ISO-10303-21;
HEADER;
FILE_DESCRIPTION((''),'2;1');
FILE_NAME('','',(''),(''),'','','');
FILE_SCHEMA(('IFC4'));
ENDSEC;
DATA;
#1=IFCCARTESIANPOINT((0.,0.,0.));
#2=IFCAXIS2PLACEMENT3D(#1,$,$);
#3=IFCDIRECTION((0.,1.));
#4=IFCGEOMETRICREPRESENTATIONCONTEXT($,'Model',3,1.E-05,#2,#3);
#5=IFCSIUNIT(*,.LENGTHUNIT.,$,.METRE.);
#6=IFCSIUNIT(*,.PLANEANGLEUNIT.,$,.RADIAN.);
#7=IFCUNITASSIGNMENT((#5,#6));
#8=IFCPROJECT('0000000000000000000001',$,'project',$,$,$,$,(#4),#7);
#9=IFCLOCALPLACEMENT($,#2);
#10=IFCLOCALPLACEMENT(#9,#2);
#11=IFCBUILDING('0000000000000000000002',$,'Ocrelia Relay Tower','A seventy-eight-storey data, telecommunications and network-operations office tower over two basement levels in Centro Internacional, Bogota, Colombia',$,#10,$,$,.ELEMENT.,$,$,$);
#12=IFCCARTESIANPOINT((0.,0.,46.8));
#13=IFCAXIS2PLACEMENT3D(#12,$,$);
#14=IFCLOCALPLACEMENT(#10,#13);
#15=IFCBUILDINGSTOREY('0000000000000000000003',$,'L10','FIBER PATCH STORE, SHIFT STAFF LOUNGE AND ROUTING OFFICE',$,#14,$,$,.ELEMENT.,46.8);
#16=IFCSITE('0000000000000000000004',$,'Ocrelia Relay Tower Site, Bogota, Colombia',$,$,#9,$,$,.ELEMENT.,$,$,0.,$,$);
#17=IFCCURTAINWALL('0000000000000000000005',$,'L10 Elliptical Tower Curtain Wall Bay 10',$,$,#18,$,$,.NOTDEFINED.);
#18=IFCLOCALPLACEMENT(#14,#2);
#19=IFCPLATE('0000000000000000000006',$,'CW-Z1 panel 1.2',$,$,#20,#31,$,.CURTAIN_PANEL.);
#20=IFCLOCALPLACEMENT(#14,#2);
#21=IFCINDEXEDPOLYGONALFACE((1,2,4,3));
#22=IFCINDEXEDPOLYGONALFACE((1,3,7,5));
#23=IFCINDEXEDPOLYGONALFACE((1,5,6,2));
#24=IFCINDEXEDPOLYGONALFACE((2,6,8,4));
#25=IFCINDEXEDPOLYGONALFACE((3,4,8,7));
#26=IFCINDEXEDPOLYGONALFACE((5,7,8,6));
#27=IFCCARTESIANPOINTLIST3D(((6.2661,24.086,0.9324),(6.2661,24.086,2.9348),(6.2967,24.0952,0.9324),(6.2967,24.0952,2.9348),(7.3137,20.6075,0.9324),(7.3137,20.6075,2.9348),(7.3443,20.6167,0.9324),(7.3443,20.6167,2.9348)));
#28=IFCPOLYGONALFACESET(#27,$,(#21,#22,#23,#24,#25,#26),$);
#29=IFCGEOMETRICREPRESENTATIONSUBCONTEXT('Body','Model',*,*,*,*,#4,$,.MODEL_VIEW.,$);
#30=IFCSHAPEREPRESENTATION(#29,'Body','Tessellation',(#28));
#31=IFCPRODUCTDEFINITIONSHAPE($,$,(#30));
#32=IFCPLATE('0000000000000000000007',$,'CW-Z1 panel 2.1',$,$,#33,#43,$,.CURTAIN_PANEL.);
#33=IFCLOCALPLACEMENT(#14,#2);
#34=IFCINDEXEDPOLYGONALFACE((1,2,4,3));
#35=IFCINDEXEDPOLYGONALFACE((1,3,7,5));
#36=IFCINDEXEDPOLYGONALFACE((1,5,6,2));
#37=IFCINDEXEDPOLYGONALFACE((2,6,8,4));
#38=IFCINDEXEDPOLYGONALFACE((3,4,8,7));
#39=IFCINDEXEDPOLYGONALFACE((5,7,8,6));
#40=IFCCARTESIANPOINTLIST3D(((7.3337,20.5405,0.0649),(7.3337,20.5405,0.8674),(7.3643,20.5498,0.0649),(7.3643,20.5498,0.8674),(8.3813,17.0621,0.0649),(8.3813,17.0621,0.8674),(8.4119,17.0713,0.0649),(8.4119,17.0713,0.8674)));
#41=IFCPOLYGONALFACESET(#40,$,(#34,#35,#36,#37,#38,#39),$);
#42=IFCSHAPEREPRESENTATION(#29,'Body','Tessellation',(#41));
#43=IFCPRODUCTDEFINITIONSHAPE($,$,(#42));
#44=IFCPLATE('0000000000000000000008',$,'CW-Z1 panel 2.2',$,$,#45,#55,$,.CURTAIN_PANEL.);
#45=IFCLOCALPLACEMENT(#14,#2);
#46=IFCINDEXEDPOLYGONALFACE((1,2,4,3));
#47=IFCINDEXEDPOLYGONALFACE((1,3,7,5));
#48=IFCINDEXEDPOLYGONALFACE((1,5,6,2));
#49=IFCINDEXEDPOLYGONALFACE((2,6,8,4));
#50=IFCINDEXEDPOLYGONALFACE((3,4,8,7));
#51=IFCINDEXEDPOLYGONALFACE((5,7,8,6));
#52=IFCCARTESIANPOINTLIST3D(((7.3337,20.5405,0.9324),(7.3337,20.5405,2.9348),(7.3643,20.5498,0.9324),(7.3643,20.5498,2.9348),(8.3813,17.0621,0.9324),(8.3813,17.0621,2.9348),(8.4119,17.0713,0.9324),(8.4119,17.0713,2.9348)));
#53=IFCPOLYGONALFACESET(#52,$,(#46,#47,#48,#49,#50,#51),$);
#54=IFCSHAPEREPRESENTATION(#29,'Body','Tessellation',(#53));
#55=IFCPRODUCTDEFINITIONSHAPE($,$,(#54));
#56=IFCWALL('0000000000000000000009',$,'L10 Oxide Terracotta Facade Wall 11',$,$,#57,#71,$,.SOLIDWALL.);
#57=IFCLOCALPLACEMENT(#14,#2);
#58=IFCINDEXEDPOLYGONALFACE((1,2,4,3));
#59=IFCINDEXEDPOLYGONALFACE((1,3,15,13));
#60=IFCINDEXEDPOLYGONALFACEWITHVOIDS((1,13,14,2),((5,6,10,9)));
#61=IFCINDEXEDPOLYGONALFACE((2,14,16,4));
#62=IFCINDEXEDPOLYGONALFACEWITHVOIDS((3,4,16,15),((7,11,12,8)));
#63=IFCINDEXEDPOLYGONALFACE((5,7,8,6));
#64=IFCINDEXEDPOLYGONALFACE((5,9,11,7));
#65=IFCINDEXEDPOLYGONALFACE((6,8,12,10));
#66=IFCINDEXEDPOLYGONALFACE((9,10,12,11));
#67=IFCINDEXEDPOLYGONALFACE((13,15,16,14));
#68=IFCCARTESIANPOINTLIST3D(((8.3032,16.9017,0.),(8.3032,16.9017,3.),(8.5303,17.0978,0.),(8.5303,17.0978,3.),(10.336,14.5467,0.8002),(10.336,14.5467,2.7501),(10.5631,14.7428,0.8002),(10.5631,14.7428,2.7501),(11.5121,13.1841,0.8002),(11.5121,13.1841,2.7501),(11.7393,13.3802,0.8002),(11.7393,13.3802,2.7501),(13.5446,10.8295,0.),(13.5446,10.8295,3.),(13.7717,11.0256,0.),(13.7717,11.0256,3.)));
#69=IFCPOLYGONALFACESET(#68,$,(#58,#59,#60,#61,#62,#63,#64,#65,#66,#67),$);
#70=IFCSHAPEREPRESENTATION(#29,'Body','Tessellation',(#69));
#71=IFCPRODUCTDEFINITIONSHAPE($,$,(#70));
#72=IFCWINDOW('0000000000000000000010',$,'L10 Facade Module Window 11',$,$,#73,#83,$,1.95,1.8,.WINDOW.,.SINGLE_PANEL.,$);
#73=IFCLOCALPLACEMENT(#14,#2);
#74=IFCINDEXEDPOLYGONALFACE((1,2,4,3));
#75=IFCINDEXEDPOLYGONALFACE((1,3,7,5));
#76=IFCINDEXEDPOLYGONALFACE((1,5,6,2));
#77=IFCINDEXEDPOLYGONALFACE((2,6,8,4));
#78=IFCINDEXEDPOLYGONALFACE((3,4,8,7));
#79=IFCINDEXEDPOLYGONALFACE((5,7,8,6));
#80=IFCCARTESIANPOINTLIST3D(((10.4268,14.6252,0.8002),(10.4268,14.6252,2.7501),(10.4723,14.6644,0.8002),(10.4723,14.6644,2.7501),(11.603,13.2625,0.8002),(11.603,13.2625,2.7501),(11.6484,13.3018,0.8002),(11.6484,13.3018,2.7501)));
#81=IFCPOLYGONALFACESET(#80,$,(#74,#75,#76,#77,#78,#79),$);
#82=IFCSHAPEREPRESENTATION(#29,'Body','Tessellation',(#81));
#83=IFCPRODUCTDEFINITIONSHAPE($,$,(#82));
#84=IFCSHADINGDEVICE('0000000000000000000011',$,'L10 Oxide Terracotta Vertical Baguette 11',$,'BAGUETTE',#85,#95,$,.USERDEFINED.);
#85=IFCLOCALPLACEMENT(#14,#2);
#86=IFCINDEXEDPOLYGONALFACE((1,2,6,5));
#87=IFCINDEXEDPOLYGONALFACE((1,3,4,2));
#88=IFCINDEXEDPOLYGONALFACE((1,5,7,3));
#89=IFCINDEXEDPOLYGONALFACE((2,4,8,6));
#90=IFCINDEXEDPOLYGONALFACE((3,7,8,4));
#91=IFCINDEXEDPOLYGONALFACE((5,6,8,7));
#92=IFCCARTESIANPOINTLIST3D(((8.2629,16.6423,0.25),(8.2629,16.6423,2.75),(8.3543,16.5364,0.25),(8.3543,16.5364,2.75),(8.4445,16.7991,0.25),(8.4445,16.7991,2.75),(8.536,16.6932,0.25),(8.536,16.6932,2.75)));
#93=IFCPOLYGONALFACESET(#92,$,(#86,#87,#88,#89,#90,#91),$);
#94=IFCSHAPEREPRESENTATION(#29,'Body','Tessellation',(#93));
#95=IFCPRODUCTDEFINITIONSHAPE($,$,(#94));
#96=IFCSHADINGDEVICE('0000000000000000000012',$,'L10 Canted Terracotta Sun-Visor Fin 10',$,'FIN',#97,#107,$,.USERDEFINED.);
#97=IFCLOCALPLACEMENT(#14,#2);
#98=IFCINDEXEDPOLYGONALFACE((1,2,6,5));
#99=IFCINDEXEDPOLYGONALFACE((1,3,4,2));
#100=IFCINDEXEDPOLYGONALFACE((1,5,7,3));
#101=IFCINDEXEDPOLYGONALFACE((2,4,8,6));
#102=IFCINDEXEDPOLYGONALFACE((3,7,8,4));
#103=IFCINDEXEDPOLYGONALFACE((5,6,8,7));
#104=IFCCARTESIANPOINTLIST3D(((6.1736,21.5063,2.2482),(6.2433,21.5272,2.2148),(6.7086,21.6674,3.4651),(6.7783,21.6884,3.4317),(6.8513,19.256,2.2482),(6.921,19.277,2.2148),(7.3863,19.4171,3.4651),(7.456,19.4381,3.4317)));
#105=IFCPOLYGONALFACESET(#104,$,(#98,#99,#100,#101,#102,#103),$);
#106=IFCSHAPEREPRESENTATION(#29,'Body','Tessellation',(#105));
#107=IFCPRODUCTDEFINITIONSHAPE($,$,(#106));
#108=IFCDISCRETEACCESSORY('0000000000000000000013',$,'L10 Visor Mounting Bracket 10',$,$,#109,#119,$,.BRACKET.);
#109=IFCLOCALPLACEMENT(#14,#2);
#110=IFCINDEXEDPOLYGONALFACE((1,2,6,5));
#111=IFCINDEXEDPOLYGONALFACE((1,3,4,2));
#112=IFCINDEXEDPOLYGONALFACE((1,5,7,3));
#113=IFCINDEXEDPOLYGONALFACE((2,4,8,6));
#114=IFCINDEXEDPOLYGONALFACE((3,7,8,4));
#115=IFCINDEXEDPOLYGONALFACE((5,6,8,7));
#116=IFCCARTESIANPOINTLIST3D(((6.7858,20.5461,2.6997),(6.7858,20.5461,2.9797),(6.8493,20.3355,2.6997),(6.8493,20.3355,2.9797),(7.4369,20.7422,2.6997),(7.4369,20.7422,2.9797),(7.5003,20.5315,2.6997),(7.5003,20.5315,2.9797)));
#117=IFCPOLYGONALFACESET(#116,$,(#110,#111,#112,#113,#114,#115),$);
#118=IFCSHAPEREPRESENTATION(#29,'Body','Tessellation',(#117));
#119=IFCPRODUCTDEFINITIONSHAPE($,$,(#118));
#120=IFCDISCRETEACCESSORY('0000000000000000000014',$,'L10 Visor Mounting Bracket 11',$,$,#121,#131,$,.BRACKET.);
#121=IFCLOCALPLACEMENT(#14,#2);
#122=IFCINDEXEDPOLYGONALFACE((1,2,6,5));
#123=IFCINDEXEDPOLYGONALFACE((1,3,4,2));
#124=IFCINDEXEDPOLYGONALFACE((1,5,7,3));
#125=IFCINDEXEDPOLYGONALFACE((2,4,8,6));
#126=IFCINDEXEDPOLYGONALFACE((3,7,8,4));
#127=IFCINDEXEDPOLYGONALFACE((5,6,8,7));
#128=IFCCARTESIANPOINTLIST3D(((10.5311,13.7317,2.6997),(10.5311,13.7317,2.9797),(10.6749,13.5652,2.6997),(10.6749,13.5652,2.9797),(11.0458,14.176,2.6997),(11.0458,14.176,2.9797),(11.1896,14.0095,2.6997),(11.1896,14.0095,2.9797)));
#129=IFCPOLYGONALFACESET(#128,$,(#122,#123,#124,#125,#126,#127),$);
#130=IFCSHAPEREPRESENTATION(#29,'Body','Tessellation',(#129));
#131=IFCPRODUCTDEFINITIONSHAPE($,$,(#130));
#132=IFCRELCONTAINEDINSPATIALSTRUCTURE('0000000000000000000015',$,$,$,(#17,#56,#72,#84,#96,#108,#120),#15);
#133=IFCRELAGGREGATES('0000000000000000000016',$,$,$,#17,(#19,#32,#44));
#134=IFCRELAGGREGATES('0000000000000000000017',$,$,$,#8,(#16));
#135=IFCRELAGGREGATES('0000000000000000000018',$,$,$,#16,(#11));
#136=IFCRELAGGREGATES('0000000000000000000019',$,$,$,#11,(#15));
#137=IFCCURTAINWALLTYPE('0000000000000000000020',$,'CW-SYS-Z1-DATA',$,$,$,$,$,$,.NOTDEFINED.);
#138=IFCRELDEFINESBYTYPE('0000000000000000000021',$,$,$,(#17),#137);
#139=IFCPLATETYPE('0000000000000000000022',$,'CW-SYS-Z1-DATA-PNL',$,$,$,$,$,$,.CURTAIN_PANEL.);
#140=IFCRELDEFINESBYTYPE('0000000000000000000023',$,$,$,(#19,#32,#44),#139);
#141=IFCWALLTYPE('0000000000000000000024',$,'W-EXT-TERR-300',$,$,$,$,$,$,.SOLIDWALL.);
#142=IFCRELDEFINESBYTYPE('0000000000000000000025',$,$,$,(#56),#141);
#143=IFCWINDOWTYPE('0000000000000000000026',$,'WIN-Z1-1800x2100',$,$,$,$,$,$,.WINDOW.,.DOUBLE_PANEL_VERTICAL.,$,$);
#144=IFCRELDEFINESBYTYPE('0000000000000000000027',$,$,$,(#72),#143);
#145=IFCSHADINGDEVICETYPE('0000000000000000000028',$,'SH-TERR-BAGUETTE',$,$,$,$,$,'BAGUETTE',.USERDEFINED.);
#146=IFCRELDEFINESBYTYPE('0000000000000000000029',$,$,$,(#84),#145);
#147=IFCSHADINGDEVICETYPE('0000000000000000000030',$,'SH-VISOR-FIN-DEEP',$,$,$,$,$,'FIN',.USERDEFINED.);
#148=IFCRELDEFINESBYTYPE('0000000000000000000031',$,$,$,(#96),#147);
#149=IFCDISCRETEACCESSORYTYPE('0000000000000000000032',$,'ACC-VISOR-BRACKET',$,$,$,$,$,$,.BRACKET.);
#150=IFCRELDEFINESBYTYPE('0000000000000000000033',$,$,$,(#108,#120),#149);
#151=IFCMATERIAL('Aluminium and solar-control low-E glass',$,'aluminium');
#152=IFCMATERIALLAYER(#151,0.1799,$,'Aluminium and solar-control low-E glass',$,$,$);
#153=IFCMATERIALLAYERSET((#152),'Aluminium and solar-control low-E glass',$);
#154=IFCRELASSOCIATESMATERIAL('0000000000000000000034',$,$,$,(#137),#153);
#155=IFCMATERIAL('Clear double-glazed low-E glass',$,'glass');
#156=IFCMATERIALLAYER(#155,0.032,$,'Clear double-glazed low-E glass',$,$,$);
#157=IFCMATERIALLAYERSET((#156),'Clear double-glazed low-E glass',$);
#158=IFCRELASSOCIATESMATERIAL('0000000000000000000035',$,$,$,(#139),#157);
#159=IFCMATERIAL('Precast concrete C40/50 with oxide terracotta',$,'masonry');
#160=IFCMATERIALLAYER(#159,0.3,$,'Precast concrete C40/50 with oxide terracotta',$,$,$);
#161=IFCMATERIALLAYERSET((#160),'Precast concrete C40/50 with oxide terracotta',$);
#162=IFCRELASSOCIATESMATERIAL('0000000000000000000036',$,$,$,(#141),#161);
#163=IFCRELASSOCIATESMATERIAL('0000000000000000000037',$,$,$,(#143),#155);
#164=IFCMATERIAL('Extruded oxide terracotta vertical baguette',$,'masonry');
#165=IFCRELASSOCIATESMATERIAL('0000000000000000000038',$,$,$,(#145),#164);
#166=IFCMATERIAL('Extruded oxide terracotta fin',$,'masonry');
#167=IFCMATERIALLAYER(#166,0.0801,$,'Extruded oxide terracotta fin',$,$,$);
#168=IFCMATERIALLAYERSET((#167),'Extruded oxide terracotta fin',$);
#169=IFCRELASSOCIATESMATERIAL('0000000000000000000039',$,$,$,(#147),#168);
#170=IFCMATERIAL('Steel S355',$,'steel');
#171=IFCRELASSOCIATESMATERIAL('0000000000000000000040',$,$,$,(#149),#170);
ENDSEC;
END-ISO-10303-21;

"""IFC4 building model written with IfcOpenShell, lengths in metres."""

from ifc_helpers import new_model, si_unit, direction, frame, frame_2d, origin, origin_2d, place, context, subcontext, project, spatial, rectangle, extrude, material, layer, layer_set, type_object, element, fill, aggregate, save


model = new_model("IFC4")

# Units and contexts
model_context = context("Model", 3, precision=1e-05, world=origin(), true_north=direction((0.0, 1.0)))
body_context = subcontext(model_context, "Body", "Model", "MODEL_VIEW")
ifc_project = project(units=[si_unit("LENGTHUNIT", "METRE"), si_unit("PLANEANGLEUNIT", "RADIAN")], contexts=[model_context])

# Site, building, storey
site_placement = place(None, origin())
site = spatial("IfcSite", under=ifc_project, at=site_placement, Name="Ocrelia Relay Tower Site, Bogota, Colombia", CompositionType="ELEMENT", RefElevation=0.0)
building_placement = place(site_placement, origin())
building = spatial("IfcBuilding", under=site, at=building_placement, Name="Ocrelia Relay Tower", Description="A seventy-eight-storey data, telecommunications and network-operations office tower over two basement levels in Centro Internacional, Bogota, Colombia", CompositionType="ELEMENT")
storey_placement = place(building_placement, frame((0.0, 0.0, 46.8)))
storey = spatial("IfcBuildingStorey", under=building, at=storey_placement, Name="L10", Description="FIBER PATCH STORE, SHIFT STAFF LOUNGE AND ROUTING OFFICE", CompositionType="ELEMENT", Elevation=46.8)

# Shared definitions
ifc_material_1 = material(Name="Aluminium and solar-control low-E glass", Category="aluminium")
ifc_layer_1 = layer(ifc_material_1, 0.1799, Name="Aluminium and solar-control low-E glass")
ifc_layer_set_1 = layer_set([ifc_layer_1], Name="Aluminium and solar-control low-E glass")
curtain_wall_type = type_object("IfcCurtainWallType", Name="CW-SYS-Z1-DATA", PredefinedType="NOTDEFINED", material=ifc_layer_set_1)

# Curtain wall, plates
curtain_wall_1_placement = place(storey_placement, origin())
curtain_wall_1 = element("IfcCurtainWall", 1, at=curtain_wall_1_placement, inside=storey, type_object=curtain_wall_type, Name="L10 Elliptical Tower Curtain Wall Bay 10", PredefinedType="NOTDEFINED")
ifc_material_2 = material(Name="Clear double-glazed low-E glass", Category="glass")
ifc_layer_2 = layer(ifc_material_2, 0.032, Name="Clear double-glazed low-E glass")
ifc_layer_set_2 = layer_set([ifc_layer_2], Name="Clear double-glazed low-E glass")
plate_type = type_object("IfcPlateType", Name="CW-SYS-Z1-DATA-PNL", PredefinedType="CURTAIN_PANEL", material=ifc_layer_set_2)
plate_1_placement = place(storey_placement, frame((6.8052, 22.3513, 0.9324), z_axis=(0.0, 0.0, 1.0), x_axis=(0.28837, -0.957519, 0.0)))
plate_1 = element("IfcPlate", 2, at=plate_1_placement, type_object=plate_type, Name="CW-Z1 panel 1.2", PredefinedType="CURTAIN_PANEL", context=body_context, shape_type="SweptSolid", body=[
    extrude(rectangle(XDim=3.6328, YDim=0.032, at=origin_2d()), origin(), (0.0, 0.0, 1.0), 2.0024),
])
plate_2_placement = place(storey_placement, frame((7.8728, 18.8059, 0.0649), z_axis=(0.0, 0.0, 1.0), x_axis=(0.28837, -0.957519, 0.0)))
plate_2 = element("IfcPlate", 3, at=plate_2_placement, type_object=plate_type, Name="CW-Z1 panel 2.1", PredefinedType="CURTAIN_PANEL", context=body_context, shape_type="SweptSolid", body=[
    extrude(rectangle(XDim=3.6328, YDim=0.032, at=origin_2d()), origin(), (0.0, 0.0, 1.0), 0.8025),
])
plate_3_placement = place(storey_placement, frame((7.8728, 18.8059, 0.9324), z_axis=(0.0, 0.0, 1.0), x_axis=(0.28837, -0.957519, 0.0)))
plate_3 = element("IfcPlate", 4, at=plate_3_placement, type_object=plate_type, Name="CW-Z1 panel 2.2", PredefinedType="CURTAIN_PANEL", context=body_context, shape_type="SweptSolid", body=[
    extrude(rectangle(XDim=3.6328, YDim=0.032, at=origin_2d()), origin(), (0.0, 0.0, 1.0), 2.0024),
])
aggregate(curtain_wall_1, [plate_1, plate_2, plate_3])

# Wall, opening, window
ifc_material_3 = material(Name="Precast concrete C40/50 with oxide terracotta", Category="masonry")
ifc_layer_3 = layer(ifc_material_3, 0.3, Name="Precast concrete C40/50 with oxide terracotta")
ifc_layer_set_3 = layer_set([ifc_layer_3], Name="Precast concrete C40/50 with oxide terracotta")
wall_type = type_object("IfcWallType", Name="W-EXT-TERR-300", PredefinedType="SOLIDWALL", material=ifc_layer_set_3)
wall_placement = place(storey_placement, frame((8.4167, 16.9998, 0.0), z_axis=(0.0, 0.0, 1.0), x_axis=(0.653422, -0.756994, 0.0)))
wall = element("IfcWall", 5, at=wall_placement, inside=storey, type_object=wall_type, Name="L10 Oxide Terracotta Facade Wall 11", PredefinedType="SOLIDWALL", context=body_context, shape_type="SweptSolid", body=[
    extrude(rectangle(XDim=8.0215, YDim=0.3, at=frame_2d((4.0107, 0.0))), origin(), (0.0, 0.0, 1.0), 3.0),
])
opening_placement = place(wall_placement, frame((3.1111, 0.0, 0.8)))
opening = element("IfcOpeningElement", 6, at=opening_placement, cuts=wall, PredefinedType="OPENING", context=body_context, shape_type="SweptSolid", body=[
    extrude(rectangle(XDim=1.8, YDim=1.95, at=frame_2d((0.8999, 0.9751))), frame((0.0, 0.1602, 0.0), z_axis=(0.0, -1.0, 0.0), x_axis=(1.0, 0.0, 0.0)), (0.0, 0.0, 1.0), 0.3201),
])
window_type = type_object("IfcWindowType", Name="WIN-Z1-1800x2100", PartitioningType="DOUBLE_PANEL_VERTICAL", PredefinedType="WINDOW", material=ifc_material_2)
window_placement = place(opening_placement, origin())
window = element("IfcWindow", 7, at=window_placement, inside=storey, type_object=window_type, Name="L10 Facade Module Window 11", OverallHeight=1.95, OverallWidth=1.8, PartitioningType="SINGLE_PANEL", PredefinedType="WINDOW", context=body_context, shape_type="SweptSolid", body=[
    extrude(rectangle(XDim=1.8, YDim=1.95, at=frame_2d((0.8999, 0.9751))), frame((0.0, 0.03, 0.0), z_axis=(0.0, -1.0, 0.0), x_axis=(1.0, 0.0, 0.0)), (0.0, 0.0, 1.0), 0.0601),
])
fill(opening, window)

# Shading devices
ifc_material_4 = material(Name="Extruded oxide terracotta vertical baguette", Category="masonry")
shading_device_type_1 = type_object("IfcShadingDeviceType", Name="SH-TERR-BAGUETTE", ElementType="BAGUETTE", PredefinedType="USERDEFINED", material=ifc_material_4)
shading_device_1_placement = place(storey_placement, frame((8.3994, 16.6677, 0.25), z_axis=(0.0, 0.0, 1.0), x_axis=(0.653416, -0.756999, 0.0)))
element("IfcShadingDevice", 8, at=shading_device_1_placement, inside=storey, type_object=shading_device_type_1, Name="L10 Oxide Terracotta Vertical Baguette 11", ObjectType="BAGUETTE", PredefinedType="USERDEFINED", context=body_context, shape_type="SweptSolid", body=[
    extrude(rectangle(XDim=0.1399, YDim=0.24, at=origin_2d()), origin(), (0.0, 0.0, 1.0), 2.5),
])
ifc_material_5 = material(Name="Extruded oxide terracotta fin", Category="masonry")
ifc_layer_4 = layer(ifc_material_5, 0.0801, Name="Extruded oxide terracotta fin")
ifc_layer_set_4 = layer_set([ifc_layer_4], Name="Extruded oxide terracotta fin")
shading_device_type_2 = type_object("IfcShadingDeviceType", Name="SH-VISOR-FIN-DEEP", ElementType="FIN", PredefinedType="USERDEFINED", material=ifc_layer_set_4)
shading_device_2_placement = place(storey_placement, frame((6.8496, 20.4827, 2.8232), z_axis=(-0.870193, -0.262071, 0.417233), x_axis=(0.28837, -0.957519, 0.0)))
element("IfcShadingDevice", 9, at=shading_device_2_placement, inside=storey, type_object=shading_device_type_2, Name="L10 Canted Terracotta Sun-Visor Fin 10", ObjectType="FIN", PredefinedType="USERDEFINED", context=body_context, shape_type="SweptSolid", body=[
    extrude(rectangle(XDim=2.3501, YDim=1.3391, at=origin_2d()), origin(), (0.0, 0.0, 1.0), 0.0801),
])

# Discrete accessories
ifc_material_6 = material(Name="Steel S355", Category="steel")
discrete_accessory_type = type_object("IfcDiscreteAccessoryType", Name="ACC-VISOR-BRACKET", PredefinedType="BRACKET", material=ifc_material_6)
for number, where, z_axis, x_axis, name in (
    (10, (7.1431, 20.5388, 2.6997), (0.0, 0.0, 1.0), (0.28837, -0.957519, 0.0), "L10 Visor Mounting Bracket 10"),
    (11, (10.8604, 13.8706, 2.6997), (0.0, 0.0, 1.0), (0.653416, -0.756999, 0.0), "L10 Visor Mounting Bracket 11"),
):
    element("IfcDiscreteAccessory", number, at=place(storey_placement, frame(where, z_axis=z_axis, x_axis=x_axis)), inside=storey, type_object=discrete_accessory_type, Name=name, PredefinedType="BRACKET", context=body_context, shape_type="SweptSolid", body=[
        extrude(rectangle(XDim=0.22, YDim=0.6799, at=origin_2d()), origin(), (0.0, 0.0, 1.0), 0.28),
    ])

save(model, "model.ifc")
